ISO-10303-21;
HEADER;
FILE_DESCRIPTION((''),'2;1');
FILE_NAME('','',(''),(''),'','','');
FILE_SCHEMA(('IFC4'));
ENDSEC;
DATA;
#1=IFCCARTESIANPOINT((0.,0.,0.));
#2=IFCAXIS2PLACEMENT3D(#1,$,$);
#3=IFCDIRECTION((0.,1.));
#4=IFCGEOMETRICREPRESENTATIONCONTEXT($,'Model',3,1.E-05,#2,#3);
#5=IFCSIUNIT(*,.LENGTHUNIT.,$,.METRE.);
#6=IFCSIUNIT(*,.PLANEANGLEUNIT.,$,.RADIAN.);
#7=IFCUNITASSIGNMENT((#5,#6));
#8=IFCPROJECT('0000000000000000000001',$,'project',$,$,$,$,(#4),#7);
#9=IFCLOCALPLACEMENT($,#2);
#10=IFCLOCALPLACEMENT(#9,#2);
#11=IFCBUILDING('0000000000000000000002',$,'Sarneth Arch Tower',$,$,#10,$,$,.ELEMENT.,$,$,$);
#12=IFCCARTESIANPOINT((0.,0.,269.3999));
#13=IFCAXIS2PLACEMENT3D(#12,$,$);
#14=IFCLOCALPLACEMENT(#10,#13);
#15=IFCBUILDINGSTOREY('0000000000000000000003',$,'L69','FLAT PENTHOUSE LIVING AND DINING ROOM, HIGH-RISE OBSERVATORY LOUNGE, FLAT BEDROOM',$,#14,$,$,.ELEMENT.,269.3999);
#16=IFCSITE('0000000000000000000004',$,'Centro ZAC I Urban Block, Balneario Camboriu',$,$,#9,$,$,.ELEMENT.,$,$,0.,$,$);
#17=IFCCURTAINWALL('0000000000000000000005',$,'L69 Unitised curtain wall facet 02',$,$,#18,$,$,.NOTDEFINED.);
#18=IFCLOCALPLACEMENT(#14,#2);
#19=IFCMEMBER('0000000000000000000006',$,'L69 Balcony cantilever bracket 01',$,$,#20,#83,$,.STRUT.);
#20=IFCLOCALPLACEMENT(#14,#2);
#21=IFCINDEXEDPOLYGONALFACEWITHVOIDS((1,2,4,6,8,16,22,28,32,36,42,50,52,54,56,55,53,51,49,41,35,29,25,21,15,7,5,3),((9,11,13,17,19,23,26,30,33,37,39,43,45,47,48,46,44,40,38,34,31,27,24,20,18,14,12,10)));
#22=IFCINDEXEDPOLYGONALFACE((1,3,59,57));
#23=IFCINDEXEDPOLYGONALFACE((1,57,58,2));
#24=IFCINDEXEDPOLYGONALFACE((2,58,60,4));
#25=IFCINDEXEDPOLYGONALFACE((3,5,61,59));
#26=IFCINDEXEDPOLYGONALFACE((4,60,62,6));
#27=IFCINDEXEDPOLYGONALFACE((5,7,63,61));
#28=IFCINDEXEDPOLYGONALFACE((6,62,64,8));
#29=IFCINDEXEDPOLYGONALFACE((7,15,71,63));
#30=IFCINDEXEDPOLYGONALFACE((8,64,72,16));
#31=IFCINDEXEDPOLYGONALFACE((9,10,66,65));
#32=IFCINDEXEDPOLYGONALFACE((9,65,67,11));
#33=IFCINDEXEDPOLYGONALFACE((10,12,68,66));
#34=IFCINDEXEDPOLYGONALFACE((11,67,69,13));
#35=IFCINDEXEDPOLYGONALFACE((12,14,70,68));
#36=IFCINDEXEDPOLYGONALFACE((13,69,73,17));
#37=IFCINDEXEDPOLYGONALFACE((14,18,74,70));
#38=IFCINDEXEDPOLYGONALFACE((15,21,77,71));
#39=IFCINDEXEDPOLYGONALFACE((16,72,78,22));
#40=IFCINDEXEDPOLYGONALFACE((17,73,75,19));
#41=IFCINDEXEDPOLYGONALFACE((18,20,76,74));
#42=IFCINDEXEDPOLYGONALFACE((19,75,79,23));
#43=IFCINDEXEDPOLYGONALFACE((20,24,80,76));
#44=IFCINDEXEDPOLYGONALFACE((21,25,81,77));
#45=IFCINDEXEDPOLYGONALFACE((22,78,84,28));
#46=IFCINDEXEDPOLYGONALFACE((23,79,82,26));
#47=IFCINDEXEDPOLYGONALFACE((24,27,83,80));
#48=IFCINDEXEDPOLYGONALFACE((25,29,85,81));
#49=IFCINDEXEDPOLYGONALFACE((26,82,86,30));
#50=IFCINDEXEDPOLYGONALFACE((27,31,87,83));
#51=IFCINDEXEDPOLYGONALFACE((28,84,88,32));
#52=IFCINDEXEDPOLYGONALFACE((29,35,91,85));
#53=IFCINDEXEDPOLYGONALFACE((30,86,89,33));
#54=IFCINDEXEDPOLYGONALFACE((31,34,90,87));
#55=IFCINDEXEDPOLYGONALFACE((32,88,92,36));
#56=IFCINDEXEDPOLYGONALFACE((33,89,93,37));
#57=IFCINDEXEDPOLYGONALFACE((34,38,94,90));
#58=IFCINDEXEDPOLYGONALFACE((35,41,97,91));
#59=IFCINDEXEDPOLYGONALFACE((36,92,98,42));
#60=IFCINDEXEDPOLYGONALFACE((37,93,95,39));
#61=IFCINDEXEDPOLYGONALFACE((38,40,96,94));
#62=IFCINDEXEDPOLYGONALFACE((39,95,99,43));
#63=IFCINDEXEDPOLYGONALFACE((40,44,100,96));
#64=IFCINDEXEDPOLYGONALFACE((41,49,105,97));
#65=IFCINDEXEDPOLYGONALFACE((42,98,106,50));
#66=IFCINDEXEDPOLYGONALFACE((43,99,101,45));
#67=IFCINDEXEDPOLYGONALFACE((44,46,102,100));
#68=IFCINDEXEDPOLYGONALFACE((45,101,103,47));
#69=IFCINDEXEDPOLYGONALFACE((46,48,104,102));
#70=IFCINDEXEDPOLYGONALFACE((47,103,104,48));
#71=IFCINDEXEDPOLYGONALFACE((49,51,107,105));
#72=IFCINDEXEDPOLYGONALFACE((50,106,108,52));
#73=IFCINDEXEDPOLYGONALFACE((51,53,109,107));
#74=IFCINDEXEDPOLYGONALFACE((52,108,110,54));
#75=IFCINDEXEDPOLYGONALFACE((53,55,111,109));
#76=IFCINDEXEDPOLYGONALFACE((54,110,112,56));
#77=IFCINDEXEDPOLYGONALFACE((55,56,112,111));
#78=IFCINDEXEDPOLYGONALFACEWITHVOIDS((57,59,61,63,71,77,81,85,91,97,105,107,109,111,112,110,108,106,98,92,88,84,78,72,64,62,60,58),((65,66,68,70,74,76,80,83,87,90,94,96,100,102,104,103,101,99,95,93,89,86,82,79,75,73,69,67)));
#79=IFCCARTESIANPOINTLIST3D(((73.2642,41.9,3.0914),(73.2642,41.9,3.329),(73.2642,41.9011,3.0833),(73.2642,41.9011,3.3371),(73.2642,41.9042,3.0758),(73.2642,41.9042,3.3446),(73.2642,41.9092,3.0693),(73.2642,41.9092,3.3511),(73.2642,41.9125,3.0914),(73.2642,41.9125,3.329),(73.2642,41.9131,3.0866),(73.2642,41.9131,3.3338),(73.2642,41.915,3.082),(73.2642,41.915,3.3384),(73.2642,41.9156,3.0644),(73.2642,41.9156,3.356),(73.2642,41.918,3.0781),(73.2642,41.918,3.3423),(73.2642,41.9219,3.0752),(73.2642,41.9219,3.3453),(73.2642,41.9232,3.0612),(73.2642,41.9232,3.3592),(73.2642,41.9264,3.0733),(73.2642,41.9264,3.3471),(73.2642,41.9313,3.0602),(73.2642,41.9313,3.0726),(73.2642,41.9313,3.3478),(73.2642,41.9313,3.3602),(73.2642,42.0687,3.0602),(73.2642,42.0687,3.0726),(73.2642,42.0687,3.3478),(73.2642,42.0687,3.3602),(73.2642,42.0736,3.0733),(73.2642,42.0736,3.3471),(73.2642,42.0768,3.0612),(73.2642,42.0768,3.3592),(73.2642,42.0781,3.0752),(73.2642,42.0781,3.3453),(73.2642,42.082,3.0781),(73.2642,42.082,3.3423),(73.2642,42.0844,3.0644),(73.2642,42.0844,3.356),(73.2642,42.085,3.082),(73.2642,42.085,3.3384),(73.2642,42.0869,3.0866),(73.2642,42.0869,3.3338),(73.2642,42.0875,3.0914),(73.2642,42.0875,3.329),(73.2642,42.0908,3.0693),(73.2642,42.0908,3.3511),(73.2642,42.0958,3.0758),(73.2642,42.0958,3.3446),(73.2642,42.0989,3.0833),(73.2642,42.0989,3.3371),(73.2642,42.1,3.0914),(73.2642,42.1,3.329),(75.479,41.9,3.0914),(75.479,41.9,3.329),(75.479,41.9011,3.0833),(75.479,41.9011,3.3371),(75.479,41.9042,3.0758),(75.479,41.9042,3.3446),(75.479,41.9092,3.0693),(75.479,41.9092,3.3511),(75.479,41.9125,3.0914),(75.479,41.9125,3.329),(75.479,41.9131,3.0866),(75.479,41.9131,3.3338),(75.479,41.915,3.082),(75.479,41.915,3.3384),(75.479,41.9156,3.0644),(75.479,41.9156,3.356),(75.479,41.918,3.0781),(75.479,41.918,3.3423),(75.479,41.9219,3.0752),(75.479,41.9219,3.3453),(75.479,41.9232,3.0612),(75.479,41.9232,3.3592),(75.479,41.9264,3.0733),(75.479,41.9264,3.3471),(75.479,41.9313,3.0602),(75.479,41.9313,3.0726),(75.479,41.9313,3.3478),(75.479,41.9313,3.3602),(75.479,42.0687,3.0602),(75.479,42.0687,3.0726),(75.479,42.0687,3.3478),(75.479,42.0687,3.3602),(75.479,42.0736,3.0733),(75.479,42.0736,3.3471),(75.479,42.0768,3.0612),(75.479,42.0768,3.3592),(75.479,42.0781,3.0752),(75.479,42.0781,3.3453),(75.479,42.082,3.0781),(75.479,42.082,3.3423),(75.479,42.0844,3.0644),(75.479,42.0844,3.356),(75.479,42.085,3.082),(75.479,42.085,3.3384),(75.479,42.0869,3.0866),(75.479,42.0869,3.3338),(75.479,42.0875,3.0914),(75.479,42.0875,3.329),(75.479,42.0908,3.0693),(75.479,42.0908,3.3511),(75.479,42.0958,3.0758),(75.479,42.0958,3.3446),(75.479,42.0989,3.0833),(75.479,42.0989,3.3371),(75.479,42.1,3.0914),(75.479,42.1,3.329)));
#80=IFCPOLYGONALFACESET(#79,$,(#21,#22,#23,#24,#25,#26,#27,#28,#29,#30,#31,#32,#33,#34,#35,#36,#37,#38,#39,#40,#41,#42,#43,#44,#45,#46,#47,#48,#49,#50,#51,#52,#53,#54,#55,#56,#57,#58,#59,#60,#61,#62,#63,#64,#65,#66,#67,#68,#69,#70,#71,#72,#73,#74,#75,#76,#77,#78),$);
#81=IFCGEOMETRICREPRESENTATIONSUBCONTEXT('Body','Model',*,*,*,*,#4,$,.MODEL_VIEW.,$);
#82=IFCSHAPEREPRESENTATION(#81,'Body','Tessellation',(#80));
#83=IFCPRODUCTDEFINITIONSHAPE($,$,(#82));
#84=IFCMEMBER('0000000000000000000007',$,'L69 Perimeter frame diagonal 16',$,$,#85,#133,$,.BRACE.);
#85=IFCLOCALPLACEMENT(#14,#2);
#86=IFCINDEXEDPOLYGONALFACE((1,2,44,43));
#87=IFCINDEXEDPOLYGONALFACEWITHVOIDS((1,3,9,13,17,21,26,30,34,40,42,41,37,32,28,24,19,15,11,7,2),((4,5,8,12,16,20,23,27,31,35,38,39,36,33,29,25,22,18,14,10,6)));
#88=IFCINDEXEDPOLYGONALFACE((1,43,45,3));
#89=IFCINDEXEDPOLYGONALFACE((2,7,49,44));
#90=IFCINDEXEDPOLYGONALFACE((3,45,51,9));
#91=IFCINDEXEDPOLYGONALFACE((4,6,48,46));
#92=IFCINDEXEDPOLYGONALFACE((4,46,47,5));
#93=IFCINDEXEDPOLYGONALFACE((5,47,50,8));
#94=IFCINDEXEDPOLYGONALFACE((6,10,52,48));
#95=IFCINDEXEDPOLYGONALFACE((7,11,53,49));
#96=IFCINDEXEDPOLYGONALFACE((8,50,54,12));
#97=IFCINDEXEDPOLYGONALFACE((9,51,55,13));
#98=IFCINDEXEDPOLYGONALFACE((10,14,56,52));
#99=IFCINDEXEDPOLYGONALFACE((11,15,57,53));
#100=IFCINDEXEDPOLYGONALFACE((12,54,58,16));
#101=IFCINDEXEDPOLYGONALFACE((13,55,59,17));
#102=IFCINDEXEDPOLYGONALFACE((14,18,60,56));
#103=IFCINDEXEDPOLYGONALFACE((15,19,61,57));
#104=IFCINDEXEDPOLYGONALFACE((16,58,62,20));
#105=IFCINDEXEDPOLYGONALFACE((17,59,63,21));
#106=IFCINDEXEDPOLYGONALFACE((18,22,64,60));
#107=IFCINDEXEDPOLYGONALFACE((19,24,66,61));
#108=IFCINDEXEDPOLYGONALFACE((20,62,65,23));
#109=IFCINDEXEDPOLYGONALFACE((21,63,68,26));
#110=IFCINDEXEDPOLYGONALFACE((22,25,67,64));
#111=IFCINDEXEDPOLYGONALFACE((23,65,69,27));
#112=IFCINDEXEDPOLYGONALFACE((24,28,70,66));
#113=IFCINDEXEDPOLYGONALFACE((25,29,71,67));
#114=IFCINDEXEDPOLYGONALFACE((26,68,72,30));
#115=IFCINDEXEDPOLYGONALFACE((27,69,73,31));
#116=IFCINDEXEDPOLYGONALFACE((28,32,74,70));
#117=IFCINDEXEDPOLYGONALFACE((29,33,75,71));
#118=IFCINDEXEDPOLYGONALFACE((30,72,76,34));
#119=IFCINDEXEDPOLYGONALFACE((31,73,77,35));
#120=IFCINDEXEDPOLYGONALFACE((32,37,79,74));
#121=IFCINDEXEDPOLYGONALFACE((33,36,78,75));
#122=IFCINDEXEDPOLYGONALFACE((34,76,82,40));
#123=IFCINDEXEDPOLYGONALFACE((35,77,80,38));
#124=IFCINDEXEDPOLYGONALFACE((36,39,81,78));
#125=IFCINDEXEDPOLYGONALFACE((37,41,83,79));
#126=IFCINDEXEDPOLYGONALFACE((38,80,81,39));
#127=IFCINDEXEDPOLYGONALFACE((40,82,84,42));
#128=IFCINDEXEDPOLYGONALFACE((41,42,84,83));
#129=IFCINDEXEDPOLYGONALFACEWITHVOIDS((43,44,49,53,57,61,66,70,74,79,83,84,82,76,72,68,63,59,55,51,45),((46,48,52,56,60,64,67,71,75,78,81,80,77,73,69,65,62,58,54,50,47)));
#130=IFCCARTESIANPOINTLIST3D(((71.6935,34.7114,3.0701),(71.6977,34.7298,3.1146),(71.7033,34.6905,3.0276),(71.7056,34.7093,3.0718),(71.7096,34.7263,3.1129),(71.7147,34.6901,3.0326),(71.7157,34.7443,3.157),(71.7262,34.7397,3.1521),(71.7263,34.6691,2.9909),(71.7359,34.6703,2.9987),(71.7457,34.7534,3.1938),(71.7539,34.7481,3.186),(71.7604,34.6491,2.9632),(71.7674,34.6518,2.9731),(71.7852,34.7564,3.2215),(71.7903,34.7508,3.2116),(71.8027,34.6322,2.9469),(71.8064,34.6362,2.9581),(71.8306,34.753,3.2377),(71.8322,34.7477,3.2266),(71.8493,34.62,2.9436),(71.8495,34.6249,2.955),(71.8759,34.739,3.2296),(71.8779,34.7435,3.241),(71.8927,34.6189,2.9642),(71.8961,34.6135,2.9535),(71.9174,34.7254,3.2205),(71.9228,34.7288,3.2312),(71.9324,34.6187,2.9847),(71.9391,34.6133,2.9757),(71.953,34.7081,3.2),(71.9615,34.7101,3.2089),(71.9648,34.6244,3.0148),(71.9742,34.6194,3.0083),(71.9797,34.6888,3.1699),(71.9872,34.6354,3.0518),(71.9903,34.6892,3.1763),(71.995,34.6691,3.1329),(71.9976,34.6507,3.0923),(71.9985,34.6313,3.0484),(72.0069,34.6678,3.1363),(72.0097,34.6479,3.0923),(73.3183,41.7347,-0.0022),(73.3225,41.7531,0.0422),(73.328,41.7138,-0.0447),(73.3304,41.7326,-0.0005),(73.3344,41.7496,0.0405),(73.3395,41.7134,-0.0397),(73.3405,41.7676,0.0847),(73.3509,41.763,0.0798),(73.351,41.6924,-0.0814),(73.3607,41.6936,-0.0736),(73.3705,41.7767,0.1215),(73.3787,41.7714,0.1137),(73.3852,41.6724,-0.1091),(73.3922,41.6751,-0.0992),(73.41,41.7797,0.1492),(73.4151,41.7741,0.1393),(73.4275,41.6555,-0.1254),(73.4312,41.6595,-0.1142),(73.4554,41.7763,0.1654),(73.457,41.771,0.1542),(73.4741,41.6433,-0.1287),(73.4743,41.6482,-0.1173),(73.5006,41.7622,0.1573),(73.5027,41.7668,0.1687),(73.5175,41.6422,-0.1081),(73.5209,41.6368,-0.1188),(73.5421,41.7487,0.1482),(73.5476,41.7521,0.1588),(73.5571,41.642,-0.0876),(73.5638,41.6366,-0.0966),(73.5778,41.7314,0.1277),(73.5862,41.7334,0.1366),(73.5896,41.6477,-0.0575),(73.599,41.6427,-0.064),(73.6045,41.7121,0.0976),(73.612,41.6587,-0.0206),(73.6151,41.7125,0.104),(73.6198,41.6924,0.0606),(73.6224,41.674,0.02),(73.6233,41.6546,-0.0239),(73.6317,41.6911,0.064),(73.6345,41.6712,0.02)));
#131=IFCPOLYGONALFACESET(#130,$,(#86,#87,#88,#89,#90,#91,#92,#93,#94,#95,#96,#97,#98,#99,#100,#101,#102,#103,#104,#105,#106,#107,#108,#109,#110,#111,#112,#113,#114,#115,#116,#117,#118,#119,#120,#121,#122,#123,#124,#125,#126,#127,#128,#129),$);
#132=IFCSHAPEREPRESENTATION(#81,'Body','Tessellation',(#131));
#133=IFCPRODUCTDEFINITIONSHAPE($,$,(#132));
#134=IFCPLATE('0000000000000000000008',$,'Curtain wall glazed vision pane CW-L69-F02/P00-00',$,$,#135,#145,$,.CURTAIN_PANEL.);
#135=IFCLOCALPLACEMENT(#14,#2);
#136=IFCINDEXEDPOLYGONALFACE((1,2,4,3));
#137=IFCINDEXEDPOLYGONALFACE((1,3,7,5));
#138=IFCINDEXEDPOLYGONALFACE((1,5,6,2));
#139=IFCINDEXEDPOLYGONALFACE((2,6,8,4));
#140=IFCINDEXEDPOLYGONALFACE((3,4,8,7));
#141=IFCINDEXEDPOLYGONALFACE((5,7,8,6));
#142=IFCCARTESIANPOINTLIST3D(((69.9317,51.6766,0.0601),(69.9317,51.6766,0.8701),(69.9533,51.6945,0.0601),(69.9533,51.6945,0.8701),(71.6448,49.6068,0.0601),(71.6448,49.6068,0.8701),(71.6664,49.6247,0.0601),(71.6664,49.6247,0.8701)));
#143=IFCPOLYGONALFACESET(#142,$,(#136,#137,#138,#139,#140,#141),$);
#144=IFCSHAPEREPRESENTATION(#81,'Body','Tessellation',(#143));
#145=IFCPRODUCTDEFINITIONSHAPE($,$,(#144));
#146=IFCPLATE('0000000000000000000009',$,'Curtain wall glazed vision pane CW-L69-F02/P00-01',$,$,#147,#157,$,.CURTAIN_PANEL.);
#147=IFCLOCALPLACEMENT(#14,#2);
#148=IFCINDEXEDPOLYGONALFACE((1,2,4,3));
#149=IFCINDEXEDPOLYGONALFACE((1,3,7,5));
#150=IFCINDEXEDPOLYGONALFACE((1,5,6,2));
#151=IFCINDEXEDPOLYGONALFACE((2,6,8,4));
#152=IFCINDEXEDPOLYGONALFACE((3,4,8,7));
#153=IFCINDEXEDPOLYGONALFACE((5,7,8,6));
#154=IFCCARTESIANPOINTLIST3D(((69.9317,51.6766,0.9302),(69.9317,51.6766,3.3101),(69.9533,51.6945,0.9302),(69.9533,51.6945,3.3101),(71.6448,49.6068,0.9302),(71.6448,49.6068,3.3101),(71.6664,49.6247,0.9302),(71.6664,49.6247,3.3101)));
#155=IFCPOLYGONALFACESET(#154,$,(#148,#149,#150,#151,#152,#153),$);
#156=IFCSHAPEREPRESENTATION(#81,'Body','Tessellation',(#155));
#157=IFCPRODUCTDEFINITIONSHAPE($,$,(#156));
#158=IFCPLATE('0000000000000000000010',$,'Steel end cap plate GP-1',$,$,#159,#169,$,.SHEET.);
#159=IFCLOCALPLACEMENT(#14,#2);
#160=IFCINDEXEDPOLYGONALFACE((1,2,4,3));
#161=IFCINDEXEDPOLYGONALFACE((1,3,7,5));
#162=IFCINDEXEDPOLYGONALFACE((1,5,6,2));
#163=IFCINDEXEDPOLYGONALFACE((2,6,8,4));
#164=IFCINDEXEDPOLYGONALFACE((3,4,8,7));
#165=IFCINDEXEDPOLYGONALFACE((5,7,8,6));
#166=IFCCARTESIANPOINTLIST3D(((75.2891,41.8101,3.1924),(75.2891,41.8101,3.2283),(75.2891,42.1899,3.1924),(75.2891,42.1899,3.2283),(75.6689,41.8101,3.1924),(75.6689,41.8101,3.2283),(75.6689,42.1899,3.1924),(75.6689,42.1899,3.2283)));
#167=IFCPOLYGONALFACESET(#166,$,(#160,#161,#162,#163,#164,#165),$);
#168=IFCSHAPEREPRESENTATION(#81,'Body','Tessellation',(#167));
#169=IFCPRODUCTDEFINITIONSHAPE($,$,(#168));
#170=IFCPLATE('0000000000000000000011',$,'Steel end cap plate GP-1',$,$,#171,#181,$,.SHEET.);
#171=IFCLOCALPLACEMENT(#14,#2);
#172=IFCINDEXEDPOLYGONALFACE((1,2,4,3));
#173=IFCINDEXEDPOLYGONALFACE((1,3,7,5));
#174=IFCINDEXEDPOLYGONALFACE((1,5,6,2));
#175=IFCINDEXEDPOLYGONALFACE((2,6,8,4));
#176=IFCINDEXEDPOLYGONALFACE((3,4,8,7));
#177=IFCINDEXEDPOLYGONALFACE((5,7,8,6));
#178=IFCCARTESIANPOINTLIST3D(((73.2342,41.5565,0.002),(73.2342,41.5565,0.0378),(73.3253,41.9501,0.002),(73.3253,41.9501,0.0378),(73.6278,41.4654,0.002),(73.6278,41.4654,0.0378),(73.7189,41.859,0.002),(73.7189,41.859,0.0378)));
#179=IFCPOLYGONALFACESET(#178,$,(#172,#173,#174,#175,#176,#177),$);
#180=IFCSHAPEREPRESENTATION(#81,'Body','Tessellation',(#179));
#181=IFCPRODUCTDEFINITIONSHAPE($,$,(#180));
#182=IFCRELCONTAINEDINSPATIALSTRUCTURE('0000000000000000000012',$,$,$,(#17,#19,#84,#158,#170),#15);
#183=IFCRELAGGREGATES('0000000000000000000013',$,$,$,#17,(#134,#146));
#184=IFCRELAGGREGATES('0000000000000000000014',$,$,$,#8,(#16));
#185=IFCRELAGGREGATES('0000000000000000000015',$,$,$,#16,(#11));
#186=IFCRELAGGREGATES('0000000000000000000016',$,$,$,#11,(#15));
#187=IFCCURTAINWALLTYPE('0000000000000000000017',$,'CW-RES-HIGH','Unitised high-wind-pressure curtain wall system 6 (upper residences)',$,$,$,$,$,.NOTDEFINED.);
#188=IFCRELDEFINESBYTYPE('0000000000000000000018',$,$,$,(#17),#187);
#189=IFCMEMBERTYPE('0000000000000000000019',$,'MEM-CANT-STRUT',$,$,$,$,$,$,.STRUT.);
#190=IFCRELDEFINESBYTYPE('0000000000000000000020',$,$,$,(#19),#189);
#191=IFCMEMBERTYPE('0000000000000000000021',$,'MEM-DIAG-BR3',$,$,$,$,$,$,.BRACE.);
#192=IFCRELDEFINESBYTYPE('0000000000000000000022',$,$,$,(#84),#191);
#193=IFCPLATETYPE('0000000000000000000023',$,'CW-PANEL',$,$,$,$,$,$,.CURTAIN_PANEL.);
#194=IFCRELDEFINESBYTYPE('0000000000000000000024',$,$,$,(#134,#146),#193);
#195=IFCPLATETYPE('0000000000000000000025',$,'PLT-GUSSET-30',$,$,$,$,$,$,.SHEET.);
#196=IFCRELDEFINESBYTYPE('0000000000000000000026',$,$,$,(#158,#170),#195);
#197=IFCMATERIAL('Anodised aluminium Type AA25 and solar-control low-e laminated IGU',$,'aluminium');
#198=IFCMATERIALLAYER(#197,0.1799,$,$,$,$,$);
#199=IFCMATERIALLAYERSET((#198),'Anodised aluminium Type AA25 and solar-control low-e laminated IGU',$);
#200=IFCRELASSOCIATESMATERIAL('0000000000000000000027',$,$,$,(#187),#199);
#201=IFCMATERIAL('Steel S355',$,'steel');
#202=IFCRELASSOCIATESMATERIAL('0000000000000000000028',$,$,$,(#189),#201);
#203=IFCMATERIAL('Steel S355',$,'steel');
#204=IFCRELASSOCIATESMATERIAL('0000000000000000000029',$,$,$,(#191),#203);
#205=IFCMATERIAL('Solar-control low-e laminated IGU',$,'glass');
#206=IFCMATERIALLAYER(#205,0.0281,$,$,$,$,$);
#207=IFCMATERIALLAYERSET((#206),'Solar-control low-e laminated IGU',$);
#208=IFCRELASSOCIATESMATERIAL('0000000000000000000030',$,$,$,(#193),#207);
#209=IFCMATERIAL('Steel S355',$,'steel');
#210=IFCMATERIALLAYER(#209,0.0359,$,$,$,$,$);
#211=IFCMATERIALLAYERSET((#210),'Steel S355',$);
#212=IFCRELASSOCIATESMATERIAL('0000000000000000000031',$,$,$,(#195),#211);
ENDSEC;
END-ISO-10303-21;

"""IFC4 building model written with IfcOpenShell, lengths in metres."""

from ifc_helpers import new_model, si_unit, direction, frame, origin, origin_2d, place, context, subcontext, project, spatial, rectangle, hollow_rectangle, hollow_circle, extrude, material, layer, layer_set, material_profile, profile_set, type_object, element, aggregate, save


model = new_model("IFC4")

# Units and contexts
model_context = context("Model", 3, precision=1e-05, world=origin(), true_north=direction((0.0, 1.0)))
body_context = subcontext(model_context, "Body", "Model", "MODEL_VIEW")
ifc_project = project(units=[si_unit("LENGTHUNIT", "METRE"), si_unit("PLANEANGLEUNIT", "RADIAN")], contexts=[model_context])

# Site, building, storey
site_placement = place(None, origin())
site = spatial("IfcSite", under=ifc_project, at=site_placement, Name="Centro ZAC I Urban Block, Balneario Camboriu", CompositionType="ELEMENT", RefElevation=0.0)
building_placement = place(site_placement, origin())
building = spatial("IfcBuilding", under=site, at=building_placement, Name="Sarneth Arch Tower", CompositionType="ELEMENT")
storey_placement = place(building_placement, frame((0.0, 0.0, 269.3999)))
storey = spatial("IfcBuildingStorey", under=building, at=storey_placement, Name="L69", Description="FLAT PENTHOUSE LIVING AND DINING ROOM, HIGH-RISE OBSERVATORY LOUNGE, FLAT BEDROOM", CompositionType="ELEMENT", Elevation=269.3999)

# Curtain wall
ifc_material_1 = material(Name="Anodised aluminium Type AA25 and solar-control low-e laminated IGU", Category="aluminium")
ifc_layer_1 = layer(ifc_material_1, 0.1799)
ifc_layer_set_1 = layer_set([ifc_layer_1], Name="Anodised aluminium Type AA25 and solar-control low-e laminated IGU")
curtain_wall_type = type_object("IfcCurtainWallType", Name="CW-RES-HIGH", Description="Unitised high-wind-pressure curtain wall system 6 (upper residences)", PredefinedType="NOTDEFINED", material=ifc_layer_set_1)
curtain_wall_placement = place(storey_placement, origin())
curtain_wall = element("IfcCurtainWall", 1, at=curtain_wall_placement, inside=storey, type_object=curtain_wall_type, Name="L69 Unitised curtain wall facet 02", PredefinedType="NOTDEFINED")

# Members
ifc_material_2 = material(Name="Steel S355", Category="steel")
ifc_material_profile_1 = material_profile(ifc_material_2, hollow_rectangle(XDim=0.2, YDim=0.3, WallThickness=0.0125, InnerFilletRadius=0.0188, OuterFilletRadius=0.0312, at=origin_2d()), Name="RHS300x200x12.5")
ifc_profile_set_1 = profile_set([ifc_material_profile_1], Name="Steel S355")
member_type_1 = type_object("IfcMemberType", Name="MEM-CANT-STRUT", PredefinedType="STRUT", material=ifc_profile_set_1)
member_1_placement = place(storey_placement, frame((73.2642, 42.0, 3.2102), z_axis=(1.0, 0.0, 0.0), x_axis=(0.0, 1.0, 0.0)))
element("IfcMember", 2, at=member_1_placement, inside=storey, type_object=member_type_1, Name="L69 Balcony cantilever bracket 01", PredefinedType="STRUT", context=body_context, shape_type="SweptSolid", body=[
    extrude(hollow_rectangle(XDim=0.2, YDim=0.3, WallThickness=0.0125, InnerFilletRadius=0.0188, OuterFilletRadius=0.0312, at=origin_2d()), origin(), (0.0, 0.0, 1.0), 2.2148),
])
ifc_material_3 = material(Name="Steel S355", Category="steel")
ifc_material_profile_2 = material_profile(ifc_material_3, hollow_circle(Radius=0.1621, WallThickness=0.0125, at=origin_2d()), Name="CHS324x12.5")
ifc_profile_set_2 = profile_set([ifc_material_profile_2], Name="Steel S355")
member_type_2 = type_object("IfcMemberType", Name="MEM-DIAG-BR3", PredefinedType="BRACE", material=ifc_profile_set_2)
member_2_placement = place(storey_placement, frame((73.4766, 41.7078, 0.02), z_axis=(-0.207343, -0.896265, 0.392067), x_axis=(0.974269, -0.225389, 0.0)))
element("IfcMember", 3, at=member_2_placement, inside=storey, type_object=member_type_2, Name="L69 Perimeter frame diagonal 16", PredefinedType="BRACE", context=body_context, shape_type="SweptSolid", body=[
    extrude(hollow_circle(Radius=0.1621, WallThickness=0.0125, at=origin_2d()), origin(), (0.0, 0.0, 1.0), 7.8362),
])

# Plates
ifc_material_4 = material(Name="Solar-control low-e laminated IGU", Category="glass")
ifc_layer_2 = layer(ifc_material_4, 0.0281)
ifc_layer_set_2 = layer_set([ifc_layer_2], Name="Solar-control low-e laminated IGU")
plate_type_1 = type_object("IfcPlateType", Name="CW-PANEL", PredefinedType="CURTAIN_PANEL", material=ifc_layer_set_2)
plate_1_placement = place(storey_placement, frame((70.7991, 50.6506, 0.0601), z_axis=(0.0, 0.0, 1.0), x_axis=(-0.63761, 0.770359, 0.0)))
plate_1 = element("IfcPlate", 4, at=plate_1_placement, type_object=plate_type_1, Name="Curtain wall glazed vision pane CW-L69-F02/P00-00", PredefinedType="CURTAIN_PANEL", context=body_context, shape_type="SweptSolid", body=[
    extrude(rectangle(XDim=2.6868, YDim=0.0281, at=origin_2d()), origin(), (0.0, 0.0, 1.0), 0.8101),
])
plate_2_placement = place(storey_placement, frame((70.7991, 50.6506, 0.9302), z_axis=(0.0, 0.0, 1.0), x_axis=(-0.63761, 0.770359, 0.0)))
plate_2 = element("IfcPlate", 5, at=plate_2_placement, type_object=plate_type_1, Name="Curtain wall glazed vision pane CW-L69-F02/P00-01", PredefinedType="CURTAIN_PANEL", context=body_context, shape_type="SweptSolid", body=[
    extrude(rectangle(XDim=2.6868, YDim=0.0281, at=origin_2d()), origin(), (0.0, 0.0, 1.0), 2.3799),
])
aggregate(curtain_wall, [plate_1, plate_2])

# Plates
ifc_material_5 = material(Name="Steel S355", Category="steel")
ifc_layer_3 = layer(ifc_material_5, 0.0359)
ifc_layer_set_3 = layer_set([ifc_layer_3], Name="Steel S355")
plate_type_2 = type_object("IfcPlateType", Name="PLT-GUSSET-30", PredefinedType="SHEET", material=ifc_layer_set_3)
plate_3_placement = place(storey_placement, frame((75.479, 42.0, 3.1924), z_axis=(0.0, 0.0, 1.0), x_axis=(1.0, 0.0, 0.0)))
element("IfcPlate", 6, at=plate_3_placement, inside=storey, type_object=plate_type_2, Name="Steel end cap plate GP-1", PredefinedType="SHEET", context=body_context, shape_type="SweptSolid", body=[
    extrude(rectangle(XDim=0.3799, YDim=0.3799, at=origin_2d()), origin(), (0.0, 0.0, 1.0), 0.0359),
])
plate_4_placement = place(storey_placement, frame((73.4766, 41.7078, 0.002), z_axis=(0.0, 0.0, 1.0), x_axis=(0.225461, 0.974252, 0.0)))
element("IfcPlate", 7, at=plate_4_placement, inside=storey, type_object=plate_type_2, Name="Steel end cap plate GP-1", PredefinedType="SHEET", context=body_context, shape_type="SweptSolid", body=[
    extrude(rectangle(XDim=0.4041, YDim=0.4041, at=origin_2d()), origin(), (0.0, 0.0, 1.0), 0.0359),
])

save(model, "model.ifc")
